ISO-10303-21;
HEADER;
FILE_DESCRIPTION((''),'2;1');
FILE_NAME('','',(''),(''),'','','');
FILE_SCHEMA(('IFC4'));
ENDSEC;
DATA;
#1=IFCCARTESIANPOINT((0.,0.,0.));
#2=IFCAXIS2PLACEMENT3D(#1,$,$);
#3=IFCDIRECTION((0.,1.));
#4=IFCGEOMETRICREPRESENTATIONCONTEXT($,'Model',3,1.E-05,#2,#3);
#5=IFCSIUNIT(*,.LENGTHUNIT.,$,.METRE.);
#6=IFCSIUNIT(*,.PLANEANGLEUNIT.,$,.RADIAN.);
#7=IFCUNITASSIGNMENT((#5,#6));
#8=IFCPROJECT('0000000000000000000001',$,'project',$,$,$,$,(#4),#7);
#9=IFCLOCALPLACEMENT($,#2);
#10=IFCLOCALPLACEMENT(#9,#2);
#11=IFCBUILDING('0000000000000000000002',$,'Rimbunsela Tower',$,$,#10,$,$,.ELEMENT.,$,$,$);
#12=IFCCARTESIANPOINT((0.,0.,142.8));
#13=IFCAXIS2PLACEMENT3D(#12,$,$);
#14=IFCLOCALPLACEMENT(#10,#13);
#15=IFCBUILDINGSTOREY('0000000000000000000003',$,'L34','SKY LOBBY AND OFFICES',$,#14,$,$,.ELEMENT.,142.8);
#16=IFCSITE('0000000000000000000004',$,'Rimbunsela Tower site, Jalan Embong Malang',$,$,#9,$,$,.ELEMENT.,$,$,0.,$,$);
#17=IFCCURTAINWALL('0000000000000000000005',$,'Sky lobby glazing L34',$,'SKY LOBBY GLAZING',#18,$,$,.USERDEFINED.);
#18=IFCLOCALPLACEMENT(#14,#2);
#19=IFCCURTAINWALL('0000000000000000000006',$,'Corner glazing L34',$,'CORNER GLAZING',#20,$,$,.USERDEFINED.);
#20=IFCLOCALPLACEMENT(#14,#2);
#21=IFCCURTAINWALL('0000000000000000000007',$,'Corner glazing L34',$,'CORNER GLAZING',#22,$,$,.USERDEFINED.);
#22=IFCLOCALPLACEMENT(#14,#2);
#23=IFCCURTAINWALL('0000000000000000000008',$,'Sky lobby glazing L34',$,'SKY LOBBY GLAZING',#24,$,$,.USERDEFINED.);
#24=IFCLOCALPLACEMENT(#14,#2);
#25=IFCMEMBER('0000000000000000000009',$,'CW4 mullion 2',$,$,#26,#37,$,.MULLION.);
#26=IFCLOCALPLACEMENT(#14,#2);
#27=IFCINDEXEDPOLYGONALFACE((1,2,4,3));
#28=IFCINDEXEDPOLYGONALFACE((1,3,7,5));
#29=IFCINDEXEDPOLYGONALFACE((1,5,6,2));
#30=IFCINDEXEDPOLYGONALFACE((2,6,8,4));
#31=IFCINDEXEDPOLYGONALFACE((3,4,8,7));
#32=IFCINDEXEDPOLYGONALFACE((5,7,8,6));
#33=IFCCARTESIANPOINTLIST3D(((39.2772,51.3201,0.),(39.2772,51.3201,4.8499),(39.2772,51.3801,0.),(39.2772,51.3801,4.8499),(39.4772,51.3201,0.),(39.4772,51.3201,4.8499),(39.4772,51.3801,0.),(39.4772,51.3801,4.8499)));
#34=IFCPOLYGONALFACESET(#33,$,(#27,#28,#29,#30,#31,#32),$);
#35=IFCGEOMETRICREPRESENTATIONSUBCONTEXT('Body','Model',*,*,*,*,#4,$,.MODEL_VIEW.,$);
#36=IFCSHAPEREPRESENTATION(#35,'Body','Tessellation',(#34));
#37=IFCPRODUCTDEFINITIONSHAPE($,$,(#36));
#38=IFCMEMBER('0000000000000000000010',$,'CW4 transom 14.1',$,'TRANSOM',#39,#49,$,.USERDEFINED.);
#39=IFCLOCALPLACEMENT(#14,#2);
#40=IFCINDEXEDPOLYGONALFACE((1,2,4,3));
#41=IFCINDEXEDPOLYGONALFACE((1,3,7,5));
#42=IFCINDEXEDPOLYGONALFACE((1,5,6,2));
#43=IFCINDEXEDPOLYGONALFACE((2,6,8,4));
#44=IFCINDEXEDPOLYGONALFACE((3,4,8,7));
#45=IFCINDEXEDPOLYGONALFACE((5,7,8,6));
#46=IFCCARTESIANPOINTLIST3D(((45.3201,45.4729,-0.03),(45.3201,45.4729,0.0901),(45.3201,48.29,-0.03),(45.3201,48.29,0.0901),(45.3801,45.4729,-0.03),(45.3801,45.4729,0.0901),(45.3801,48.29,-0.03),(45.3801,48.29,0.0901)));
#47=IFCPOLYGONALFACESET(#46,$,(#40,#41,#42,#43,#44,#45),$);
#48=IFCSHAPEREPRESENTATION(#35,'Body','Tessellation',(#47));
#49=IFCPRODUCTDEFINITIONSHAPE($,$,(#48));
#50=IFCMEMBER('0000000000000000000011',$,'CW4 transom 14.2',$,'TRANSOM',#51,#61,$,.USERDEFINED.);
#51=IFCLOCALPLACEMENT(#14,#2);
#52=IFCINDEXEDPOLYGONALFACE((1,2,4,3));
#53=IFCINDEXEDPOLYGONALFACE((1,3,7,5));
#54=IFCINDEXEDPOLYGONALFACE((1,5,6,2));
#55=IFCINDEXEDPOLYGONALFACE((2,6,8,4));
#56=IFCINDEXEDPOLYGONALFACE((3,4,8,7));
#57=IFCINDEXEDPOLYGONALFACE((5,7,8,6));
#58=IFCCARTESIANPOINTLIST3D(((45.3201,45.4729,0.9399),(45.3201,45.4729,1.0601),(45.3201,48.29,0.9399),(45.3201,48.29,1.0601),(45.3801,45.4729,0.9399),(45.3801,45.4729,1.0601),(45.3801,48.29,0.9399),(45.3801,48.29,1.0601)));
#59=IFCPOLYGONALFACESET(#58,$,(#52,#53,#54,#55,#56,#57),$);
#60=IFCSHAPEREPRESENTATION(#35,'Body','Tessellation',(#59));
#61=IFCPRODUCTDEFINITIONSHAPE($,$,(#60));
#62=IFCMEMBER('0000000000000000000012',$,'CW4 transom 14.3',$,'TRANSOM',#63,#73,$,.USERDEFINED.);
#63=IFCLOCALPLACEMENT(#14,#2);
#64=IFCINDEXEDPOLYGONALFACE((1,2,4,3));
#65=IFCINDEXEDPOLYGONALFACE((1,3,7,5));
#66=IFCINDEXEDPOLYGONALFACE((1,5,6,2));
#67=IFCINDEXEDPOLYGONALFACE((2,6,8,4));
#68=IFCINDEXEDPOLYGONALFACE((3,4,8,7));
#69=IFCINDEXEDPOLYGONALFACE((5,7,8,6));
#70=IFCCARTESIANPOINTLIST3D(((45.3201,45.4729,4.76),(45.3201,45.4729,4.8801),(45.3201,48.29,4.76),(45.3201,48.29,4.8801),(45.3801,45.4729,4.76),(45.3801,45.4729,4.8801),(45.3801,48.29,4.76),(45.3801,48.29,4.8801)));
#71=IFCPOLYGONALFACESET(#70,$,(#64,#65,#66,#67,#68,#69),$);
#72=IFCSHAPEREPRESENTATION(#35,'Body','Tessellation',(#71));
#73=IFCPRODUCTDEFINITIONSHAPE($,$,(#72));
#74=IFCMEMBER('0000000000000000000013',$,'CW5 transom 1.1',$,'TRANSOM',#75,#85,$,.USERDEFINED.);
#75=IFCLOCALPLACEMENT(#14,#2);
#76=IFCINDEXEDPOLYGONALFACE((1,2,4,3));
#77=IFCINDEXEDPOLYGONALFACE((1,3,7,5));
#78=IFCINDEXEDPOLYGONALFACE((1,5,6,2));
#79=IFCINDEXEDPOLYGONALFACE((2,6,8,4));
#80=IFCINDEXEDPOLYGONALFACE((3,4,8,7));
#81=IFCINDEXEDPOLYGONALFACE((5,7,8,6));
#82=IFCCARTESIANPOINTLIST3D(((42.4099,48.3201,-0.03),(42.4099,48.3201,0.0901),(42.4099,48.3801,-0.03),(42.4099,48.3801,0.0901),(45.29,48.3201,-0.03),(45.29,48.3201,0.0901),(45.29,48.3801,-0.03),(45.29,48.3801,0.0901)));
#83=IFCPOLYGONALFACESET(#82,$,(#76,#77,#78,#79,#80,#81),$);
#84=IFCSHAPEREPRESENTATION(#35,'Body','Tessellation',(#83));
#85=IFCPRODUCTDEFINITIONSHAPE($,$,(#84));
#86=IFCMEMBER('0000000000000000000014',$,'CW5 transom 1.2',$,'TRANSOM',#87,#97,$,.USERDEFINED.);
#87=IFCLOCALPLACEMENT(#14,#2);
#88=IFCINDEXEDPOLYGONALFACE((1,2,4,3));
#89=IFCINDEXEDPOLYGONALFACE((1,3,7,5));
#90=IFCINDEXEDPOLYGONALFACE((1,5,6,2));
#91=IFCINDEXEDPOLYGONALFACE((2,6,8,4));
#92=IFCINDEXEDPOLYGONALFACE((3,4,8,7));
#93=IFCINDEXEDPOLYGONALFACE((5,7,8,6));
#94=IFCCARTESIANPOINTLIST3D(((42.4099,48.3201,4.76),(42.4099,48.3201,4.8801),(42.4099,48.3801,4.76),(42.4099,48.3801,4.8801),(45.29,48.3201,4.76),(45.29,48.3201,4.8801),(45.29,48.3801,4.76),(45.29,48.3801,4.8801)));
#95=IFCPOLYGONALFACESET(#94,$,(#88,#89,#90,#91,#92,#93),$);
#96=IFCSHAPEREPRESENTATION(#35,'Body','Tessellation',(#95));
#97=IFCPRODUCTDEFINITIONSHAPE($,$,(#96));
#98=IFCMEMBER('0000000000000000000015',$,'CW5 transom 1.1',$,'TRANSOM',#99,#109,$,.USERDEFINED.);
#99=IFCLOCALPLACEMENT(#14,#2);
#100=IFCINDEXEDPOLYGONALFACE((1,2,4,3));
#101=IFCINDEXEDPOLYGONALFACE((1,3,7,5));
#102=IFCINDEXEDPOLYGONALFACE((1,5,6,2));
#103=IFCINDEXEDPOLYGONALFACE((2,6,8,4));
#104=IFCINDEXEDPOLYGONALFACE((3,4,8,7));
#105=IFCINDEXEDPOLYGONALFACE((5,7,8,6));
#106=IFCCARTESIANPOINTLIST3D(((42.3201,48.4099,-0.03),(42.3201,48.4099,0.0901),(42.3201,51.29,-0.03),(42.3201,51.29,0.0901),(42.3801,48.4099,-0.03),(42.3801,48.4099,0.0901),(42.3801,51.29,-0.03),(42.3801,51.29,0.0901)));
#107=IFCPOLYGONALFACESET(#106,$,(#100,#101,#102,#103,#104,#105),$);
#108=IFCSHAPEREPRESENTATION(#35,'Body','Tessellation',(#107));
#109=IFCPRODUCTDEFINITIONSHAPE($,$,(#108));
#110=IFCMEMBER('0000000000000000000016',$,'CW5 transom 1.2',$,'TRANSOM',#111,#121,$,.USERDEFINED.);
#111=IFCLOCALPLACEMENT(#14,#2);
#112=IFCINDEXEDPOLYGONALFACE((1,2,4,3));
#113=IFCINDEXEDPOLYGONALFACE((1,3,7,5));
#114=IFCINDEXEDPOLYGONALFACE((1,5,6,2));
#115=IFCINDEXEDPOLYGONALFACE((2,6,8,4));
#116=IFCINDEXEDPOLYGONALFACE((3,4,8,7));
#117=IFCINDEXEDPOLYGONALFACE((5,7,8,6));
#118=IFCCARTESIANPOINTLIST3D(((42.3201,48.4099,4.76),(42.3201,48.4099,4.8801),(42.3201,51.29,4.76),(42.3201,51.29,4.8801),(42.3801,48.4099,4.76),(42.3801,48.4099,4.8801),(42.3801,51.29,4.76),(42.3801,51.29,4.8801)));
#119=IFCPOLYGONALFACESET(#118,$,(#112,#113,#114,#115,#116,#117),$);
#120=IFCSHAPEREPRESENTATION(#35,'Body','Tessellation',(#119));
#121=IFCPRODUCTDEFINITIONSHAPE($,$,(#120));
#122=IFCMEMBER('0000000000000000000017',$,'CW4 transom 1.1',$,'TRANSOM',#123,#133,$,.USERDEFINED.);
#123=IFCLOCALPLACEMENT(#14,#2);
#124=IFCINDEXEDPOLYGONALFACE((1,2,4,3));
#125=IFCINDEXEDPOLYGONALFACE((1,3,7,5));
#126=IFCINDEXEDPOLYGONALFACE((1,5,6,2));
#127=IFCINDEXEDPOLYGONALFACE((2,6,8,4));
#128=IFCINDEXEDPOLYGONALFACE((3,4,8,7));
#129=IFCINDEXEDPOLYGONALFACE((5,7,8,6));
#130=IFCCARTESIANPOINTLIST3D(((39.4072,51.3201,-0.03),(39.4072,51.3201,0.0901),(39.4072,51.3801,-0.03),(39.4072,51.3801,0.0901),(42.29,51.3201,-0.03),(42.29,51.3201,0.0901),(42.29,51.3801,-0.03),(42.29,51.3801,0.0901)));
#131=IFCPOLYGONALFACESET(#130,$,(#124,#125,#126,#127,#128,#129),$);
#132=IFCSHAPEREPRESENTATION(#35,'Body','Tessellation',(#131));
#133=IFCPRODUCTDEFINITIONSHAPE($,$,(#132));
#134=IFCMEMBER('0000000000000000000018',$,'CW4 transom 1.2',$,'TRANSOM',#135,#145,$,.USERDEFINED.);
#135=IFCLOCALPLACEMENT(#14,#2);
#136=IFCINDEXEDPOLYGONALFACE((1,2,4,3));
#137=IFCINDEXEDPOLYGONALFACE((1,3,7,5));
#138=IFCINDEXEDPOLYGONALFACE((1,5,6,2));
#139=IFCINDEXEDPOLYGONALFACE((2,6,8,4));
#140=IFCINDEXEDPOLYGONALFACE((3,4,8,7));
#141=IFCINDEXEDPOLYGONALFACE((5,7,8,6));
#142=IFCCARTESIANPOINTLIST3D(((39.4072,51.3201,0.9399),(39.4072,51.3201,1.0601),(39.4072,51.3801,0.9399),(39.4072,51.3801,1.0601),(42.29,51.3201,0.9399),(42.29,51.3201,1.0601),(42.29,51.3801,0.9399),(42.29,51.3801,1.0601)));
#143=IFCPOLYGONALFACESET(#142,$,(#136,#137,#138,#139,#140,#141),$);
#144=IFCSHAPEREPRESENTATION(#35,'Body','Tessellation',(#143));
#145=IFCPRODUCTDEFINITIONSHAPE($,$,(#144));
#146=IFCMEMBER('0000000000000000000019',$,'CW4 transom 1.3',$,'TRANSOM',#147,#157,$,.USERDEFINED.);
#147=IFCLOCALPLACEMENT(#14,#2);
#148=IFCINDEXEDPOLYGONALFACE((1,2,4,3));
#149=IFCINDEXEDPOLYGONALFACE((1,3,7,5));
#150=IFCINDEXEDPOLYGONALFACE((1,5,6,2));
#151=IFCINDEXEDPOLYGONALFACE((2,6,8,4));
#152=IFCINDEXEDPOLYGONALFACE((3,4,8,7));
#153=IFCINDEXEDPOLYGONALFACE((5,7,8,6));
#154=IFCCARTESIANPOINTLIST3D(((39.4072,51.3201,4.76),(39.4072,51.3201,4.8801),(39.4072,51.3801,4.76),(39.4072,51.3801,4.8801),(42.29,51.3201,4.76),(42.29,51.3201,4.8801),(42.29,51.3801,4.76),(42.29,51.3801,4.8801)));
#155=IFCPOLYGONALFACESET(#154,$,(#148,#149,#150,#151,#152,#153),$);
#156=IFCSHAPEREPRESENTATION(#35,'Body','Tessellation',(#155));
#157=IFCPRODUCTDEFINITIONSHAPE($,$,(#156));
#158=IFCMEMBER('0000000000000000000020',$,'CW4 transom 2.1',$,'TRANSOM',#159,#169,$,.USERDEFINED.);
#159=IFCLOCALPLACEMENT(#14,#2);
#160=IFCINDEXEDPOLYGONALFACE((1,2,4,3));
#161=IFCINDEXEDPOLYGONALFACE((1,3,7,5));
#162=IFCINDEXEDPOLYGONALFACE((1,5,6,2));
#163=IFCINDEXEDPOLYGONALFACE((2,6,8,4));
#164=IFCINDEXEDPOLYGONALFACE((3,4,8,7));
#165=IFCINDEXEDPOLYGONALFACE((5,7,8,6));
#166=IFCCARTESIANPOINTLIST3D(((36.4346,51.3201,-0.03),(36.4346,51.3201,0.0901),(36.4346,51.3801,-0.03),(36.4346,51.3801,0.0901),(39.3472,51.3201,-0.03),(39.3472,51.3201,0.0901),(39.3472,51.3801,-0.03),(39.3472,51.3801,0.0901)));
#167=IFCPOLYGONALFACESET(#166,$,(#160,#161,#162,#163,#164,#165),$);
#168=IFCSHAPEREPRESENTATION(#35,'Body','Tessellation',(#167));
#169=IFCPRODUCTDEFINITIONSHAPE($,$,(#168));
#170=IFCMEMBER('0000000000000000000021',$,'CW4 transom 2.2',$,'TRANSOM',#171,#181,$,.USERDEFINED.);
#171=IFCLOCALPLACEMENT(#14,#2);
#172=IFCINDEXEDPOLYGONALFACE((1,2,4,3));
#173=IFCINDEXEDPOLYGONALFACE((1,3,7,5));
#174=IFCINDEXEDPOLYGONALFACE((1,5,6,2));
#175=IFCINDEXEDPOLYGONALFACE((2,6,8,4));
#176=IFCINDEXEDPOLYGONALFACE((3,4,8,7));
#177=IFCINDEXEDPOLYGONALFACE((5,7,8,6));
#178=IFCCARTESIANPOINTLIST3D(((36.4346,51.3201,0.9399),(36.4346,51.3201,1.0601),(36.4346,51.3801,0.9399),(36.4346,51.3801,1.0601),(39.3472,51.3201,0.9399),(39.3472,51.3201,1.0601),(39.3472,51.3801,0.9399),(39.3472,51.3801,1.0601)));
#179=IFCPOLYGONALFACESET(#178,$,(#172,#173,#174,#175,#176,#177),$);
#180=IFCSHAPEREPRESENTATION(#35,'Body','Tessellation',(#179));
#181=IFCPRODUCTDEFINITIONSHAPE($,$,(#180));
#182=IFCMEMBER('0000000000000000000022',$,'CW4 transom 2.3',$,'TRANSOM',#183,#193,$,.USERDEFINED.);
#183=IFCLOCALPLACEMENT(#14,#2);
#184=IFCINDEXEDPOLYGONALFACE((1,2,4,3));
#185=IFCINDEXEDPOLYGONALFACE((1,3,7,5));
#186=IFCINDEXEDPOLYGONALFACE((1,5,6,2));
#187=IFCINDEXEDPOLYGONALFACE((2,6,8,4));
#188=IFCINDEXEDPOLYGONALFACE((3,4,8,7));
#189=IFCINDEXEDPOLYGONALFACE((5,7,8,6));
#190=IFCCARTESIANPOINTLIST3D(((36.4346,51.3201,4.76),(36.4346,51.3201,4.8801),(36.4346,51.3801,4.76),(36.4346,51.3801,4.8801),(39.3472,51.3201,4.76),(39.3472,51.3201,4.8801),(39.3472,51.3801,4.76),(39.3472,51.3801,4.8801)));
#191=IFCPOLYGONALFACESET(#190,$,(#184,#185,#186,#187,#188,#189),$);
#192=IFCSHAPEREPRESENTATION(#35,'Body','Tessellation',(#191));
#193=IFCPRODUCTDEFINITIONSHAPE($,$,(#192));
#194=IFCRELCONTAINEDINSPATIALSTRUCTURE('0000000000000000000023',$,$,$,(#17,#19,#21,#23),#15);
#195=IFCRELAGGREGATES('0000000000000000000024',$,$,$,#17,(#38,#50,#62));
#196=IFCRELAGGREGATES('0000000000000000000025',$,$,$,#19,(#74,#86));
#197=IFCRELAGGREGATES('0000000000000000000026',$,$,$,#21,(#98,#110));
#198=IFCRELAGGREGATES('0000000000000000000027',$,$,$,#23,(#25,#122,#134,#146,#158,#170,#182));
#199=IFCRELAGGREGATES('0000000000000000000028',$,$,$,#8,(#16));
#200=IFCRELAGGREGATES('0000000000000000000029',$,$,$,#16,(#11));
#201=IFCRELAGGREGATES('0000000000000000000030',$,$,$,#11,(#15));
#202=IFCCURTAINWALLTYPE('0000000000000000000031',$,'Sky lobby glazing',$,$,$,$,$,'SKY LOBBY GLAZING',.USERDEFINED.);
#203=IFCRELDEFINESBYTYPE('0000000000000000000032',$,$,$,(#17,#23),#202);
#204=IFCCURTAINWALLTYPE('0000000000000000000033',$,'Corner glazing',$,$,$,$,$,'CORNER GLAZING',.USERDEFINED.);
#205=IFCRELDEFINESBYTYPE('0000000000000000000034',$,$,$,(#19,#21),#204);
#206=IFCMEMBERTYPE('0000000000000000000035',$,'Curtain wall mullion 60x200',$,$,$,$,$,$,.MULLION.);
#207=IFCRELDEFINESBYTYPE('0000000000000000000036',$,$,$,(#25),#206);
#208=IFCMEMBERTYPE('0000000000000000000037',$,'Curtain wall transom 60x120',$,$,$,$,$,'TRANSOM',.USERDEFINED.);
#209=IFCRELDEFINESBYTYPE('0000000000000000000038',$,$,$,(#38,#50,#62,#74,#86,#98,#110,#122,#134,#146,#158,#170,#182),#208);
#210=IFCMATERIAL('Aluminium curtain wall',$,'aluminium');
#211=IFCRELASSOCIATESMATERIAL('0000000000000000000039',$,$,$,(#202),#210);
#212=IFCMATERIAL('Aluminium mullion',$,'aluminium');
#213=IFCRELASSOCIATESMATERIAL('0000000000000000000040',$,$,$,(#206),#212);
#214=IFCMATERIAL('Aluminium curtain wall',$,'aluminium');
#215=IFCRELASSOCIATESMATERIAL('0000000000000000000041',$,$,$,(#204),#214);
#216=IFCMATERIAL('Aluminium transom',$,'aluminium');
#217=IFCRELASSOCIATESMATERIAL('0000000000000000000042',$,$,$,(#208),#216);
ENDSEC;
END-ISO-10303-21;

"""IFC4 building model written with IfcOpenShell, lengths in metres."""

from ifc_helpers import new_model, si_unit, direction, frame, origin, origin_2d, place, context, subcontext, project, spatial, rectangle, extrude, material, material_profile, profile_set, type_object, element, aggregate, save


model = new_model("IFC4")

# Units and contexts
model_context = context("Model", 3, precision=1e-05, world=origin(), true_north=direction((0.0, 1.0)))
body_context = subcontext(model_context, "Body", "Model", "MODEL_VIEW")
ifc_project = project(units=[si_unit("LENGTHUNIT", "METRE"), si_unit("PLANEANGLEUNIT", "RADIAN")], contexts=[model_context])

# Site, building, storey
site_placement = place(None, origin())
site = spatial("IfcSite", under=ifc_project, at=site_placement, Name="Rimbunsela Tower site, Jalan Embong Malang", CompositionType="ELEMENT", RefElevation=0.0)
building_placement = place(site_placement, origin())
building = spatial("IfcBuilding", under=site, at=building_placement, Name="Rimbunsela Tower", CompositionType="ELEMENT")
storey_placement = place(building_placement, frame((0.0, 0.0, 142.8)))
storey = spatial("IfcBuildingStorey", under=building, at=storey_placement, Name="L34", Description="SKY LOBBY AND OFFICES", CompositionType="ELEMENT", Elevation=142.8)

# Curtain walls, member
ifc_material_1 = material(Name="Aluminium curtain wall", Category="aluminium")
curtain_wall_type_1 = type_object("IfcCurtainWallType", Name="Sky lobby glazing", ElementType="SKY LOBBY GLAZING", PredefinedType="USERDEFINED", material=ifc_material_1)
curtain_wall_1_placement = place(storey_placement, origin())
curtain_wall_1 = element("IfcCurtainWall", 1, at=curtain_wall_1_placement, inside=storey, type_object=curtain_wall_type_1, Name="Sky lobby glazing L34", ObjectType="SKY LOBBY GLAZING", PredefinedType="USERDEFINED")
ifc_material_2 = material(Name="Aluminium mullion", Category="aluminium")
ifc_material_profile_1 = material_profile(ifc_material_2, rectangle(XDim=0.0601, YDim=0.2, at=origin_2d()), Name="Mullion 60x200")
ifc_profile_set_1 = profile_set([ifc_material_profile_1], Name="Aluminium mullion")
member_type_1 = type_object("IfcMemberType", Name="Curtain wall mullion 60x200", PredefinedType="MULLION", material=ifc_profile_set_1)
ifc_material_3 = material(Name="Aluminium curtain wall", Category="aluminium")
curtain_wall_type_2 = type_object("IfcCurtainWallType", Name="Corner glazing", ElementType="CORNER GLAZING", PredefinedType="USERDEFINED", material=ifc_material_3)
curtain_wall_2_placement = place(storey_placement, origin())
curtain_wall_2 = element("IfcCurtainWall", 2, at=curtain_wall_2_placement, inside=storey, type_object=curtain_wall_type_2, Name="Corner glazing L34", ObjectType="CORNER GLAZING", PredefinedType="USERDEFINED")
curtain_wall_3_placement = place(storey_placement, origin())
curtain_wall_3 = element("IfcCurtainWall", 3, at=curtain_wall_3_placement, inside=storey, type_object=curtain_wall_type_2, Name="Corner glazing L34", ObjectType="CORNER GLAZING", PredefinedType="USERDEFINED")
curtain_wall_4_placement = place(storey_placement, origin())
curtain_wall_4 = element("IfcCurtainWall", 4, at=curtain_wall_4_placement, inside=storey, type_object=curtain_wall_type_1, Name="Sky lobby glazing L34", ObjectType="SKY LOBBY GLAZING", PredefinedType="USERDEFINED")
member_1_placement = place(storey_placement, frame((39.3772, 51.3501, 0.0), z_axis=(0.0, 0.0, 1.0), x_axis=(0.0, -1.0, 0.0)))
member_1 = element("IfcMember", 5, at=member_1_placement, type_object=member_type_1, Name="CW4 mullion 2", PredefinedType="MULLION", context=body_context, shape_type="SweptSolid", body=[
    extrude(rectangle(XDim=0.0601, YDim=0.2, at=origin_2d()), origin(), (0.0, 0.0, 1.0), 4.8499),
])

# Members
ifc_material_4 = material(Name="Aluminium transom", Category="aluminium")
ifc_material_profile_2 = material_profile(ifc_material_4, rectangle(XDim=0.0601, YDim=0.1201, at=origin_2d()), Name="Transom 60x120")
ifc_profile_set_2 = profile_set([ifc_material_profile_2], Name="Aluminium transom")
member_type_2 = type_object("IfcMemberType", Name="Curtain wall transom 60x120", ElementType="TRANSOM", PredefinedType="USERDEFINED", material=ifc_profile_set_2)
member_2_placement = place(storey_placement, frame((45.3501, 45.4729, 0.03), z_axis=(0.0, 1.0, 0.0), x_axis=(-1.0, 0.0, 0.0)))
member_2 = element("IfcMember", 6, at=member_2_placement, type_object=member_type_2, Name="CW4 transom 14.1", ObjectType="TRANSOM", PredefinedType="USERDEFINED", context=body_context, shape_type="SweptSolid", body=[
    extrude(rectangle(XDim=0.0601, YDim=0.1201, at=origin_2d()), origin(), (0.0, 0.0, 1.0), 2.8171),
])
member_3_placement = place(storey_placement, frame((45.3501, 45.4729, 1.0), z_axis=(0.0, 1.0, 0.0), x_axis=(-1.0, 0.0, 0.0)))
member_3 = element("IfcMember", 7, at=member_3_placement, type_object=member_type_2, Name="CW4 transom 14.2", ObjectType="TRANSOM", PredefinedType="USERDEFINED", context=body_context, shape_type="SweptSolid", body=[
    extrude(rectangle(XDim=0.0601, YDim=0.1201, at=origin_2d()), origin(), (0.0, 0.0, 1.0), 2.8171),
])
member_4_placement = place(storey_placement, frame((45.3501, 45.4729, 4.8201), z_axis=(0.0, 1.0, 0.0), x_axis=(-1.0, 0.0, 0.0)))
member_4 = element("IfcMember", 8, at=member_4_placement, type_object=member_type_2, Name="CW4 transom 14.3", ObjectType="TRANSOM", PredefinedType="USERDEFINED", context=body_context, shape_type="SweptSolid", body=[
    extrude(rectangle(XDim=0.0601, YDim=0.1201, at=origin_2d()), origin(), (0.0, 0.0, 1.0), 2.8171),
])
member_5_placement = place(storey_placement, frame((45.29, 48.3501, 0.03), z_axis=(-1.0, 0.0, 0.0), x_axis=(0.0, -1.0, 0.0)))
member_5 = element("IfcMember", 9, at=member_5_placement, type_object=member_type_2, Name="CW5 transom 1.1", ObjectType="TRANSOM", PredefinedType="USERDEFINED", context=body_context, shape_type="SweptSolid", body=[
    extrude(rectangle(XDim=0.0601, YDim=0.1201, at=origin_2d()), origin(), (0.0, 0.0, 1.0), 2.8801),
])
member_6_placement = place(storey_placement, frame((45.29, 48.3501, 4.8201), z_axis=(-1.0, 0.0, 0.0), x_axis=(0.0, -1.0, 0.0)))
member_6 = element("IfcMember", 10, at=member_6_placement, type_object=member_type_2, Name="CW5 transom 1.2", ObjectType="TRANSOM", PredefinedType="USERDEFINED", context=body_context, shape_type="SweptSolid", body=[
    extrude(rectangle(XDim=0.0601, YDim=0.1201, at=origin_2d()), origin(), (0.0, 0.0, 1.0), 2.8801),
])
member_7_placement = place(storey_placement, frame((42.3501, 48.4099, 0.03), z_axis=(0.0, 1.0, 0.0), x_axis=(-1.0, 0.0, 0.0)))
member_7 = element("IfcMember", 11, at=member_7_placement, type_object=member_type_2, Name="CW5 transom 1.1", ObjectType="TRANSOM", PredefinedType="USERDEFINED", context=body_context, shape_type="SweptSolid", body=[
    extrude(rectangle(XDim=0.0601, YDim=0.1201, at=origin_2d()), origin(), (0.0, 0.0, 1.0), 2.8801),
])
member_8_placement = place(storey_placement, frame((42.3501, 48.4099, 4.8201), z_axis=(0.0, 1.0, 0.0), x_axis=(-1.0, 0.0, 0.0)))
member_8 = element("IfcMember", 12, at=member_8_placement, type_object=member_type_2, Name="CW5 transom 1.2", ObjectType="TRANSOM", PredefinedType="USERDEFINED", context=body_context, shape_type="SweptSolid", body=[
    extrude(rectangle(XDim=0.0601, YDim=0.1201, at=origin_2d()), origin(), (0.0, 0.0, 1.0), 2.8801),
])
member_9_placement = place(storey_placement, frame((42.29, 51.3501, 0.03), z_axis=(-1.0, 0.0, 0.0), x_axis=(0.0, -1.0, 0.0)))
member_9 = element("IfcMember", 13, at=member_9_placement, type_object=member_type_2, Name="CW4 transom 1.1", ObjectType="TRANSOM", PredefinedType="USERDEFINED", context=body_context, shape_type="SweptSolid", body=[
    extrude(rectangle(XDim=0.0601, YDim=0.1201, at=origin_2d()), origin(), (0.0, 0.0, 1.0), 2.8828),
])
member_10_placement = place(storey_placement, frame((42.29, 51.3501, 1.0), z_axis=(-1.0, 0.0, 0.0), x_axis=(0.0, -1.0, 0.0)))
member_10 = element("IfcMember", 14, at=member_10_placement, type_object=member_type_2, Name="CW4 transom 1.2", ObjectType="TRANSOM", PredefinedType="USERDEFINED", context=body_context, shape_type="SweptSolid", body=[
    extrude(rectangle(XDim=0.0601, YDim=0.1201, at=origin_2d()), origin(), (0.0, 0.0, 1.0), 2.8828),
])
member_11_placement = place(storey_placement, frame((42.29, 51.3501, 4.8201), z_axis=(-1.0, 0.0, 0.0), x_axis=(0.0, -1.0, 0.0)))
member_11 = element("IfcMember", 15, at=member_11_placement, type_object=member_type_2, Name="CW4 transom 1.3", ObjectType="TRANSOM", PredefinedType="USERDEFINED", context=body_context, shape_type="SweptSolid", body=[
    extrude(rectangle(XDim=0.0601, YDim=0.1201, at=origin_2d()), origin(), (0.0, 0.0, 1.0), 2.8828),
])
member_12_placement = place(storey_placement, frame((39.3472, 51.3501, 0.03), z_axis=(-1.0, 0.0, 0.0), x_axis=(0.0, -1.0, 0.0)))
member_12 = element("IfcMember", 16, at=member_12_placement, type_object=member_type_2, Name="CW4 transom 2.1", ObjectType="TRANSOM", PredefinedType="USERDEFINED", context=body_context, shape_type="SweptSolid", body=[
    extrude(rectangle(XDim=0.0601, YDim=0.1201, at=origin_2d()), origin(), (0.0, 0.0, 1.0), 2.9126),
])
member_13_placement = place(storey_placement, frame((39.3472, 51.3501, 1.0), z_axis=(-1.0, 0.0, 0.0), x_axis=(0.0, -1.0, 0.0)))
member_13 = element("IfcMember", 17, at=member_13_placement, type_object=member_type_2, Name="CW4 transom 2.2", ObjectType="TRANSOM", PredefinedType="USERDEFINED", context=body_context, shape_type="SweptSolid", body=[
    extrude(rectangle(XDim=0.0601, YDim=0.1201, at=origin_2d()), origin(), (0.0, 0.0, 1.0), 2.9126),
])
member_14_placement = place(storey_placement, frame((39.3472, 51.3501, 4.8201), z_axis=(-1.0, 0.0, 0.0), x_axis=(0.0, -1.0, 0.0)))
member_14 = element("IfcMember", 18, at=member_14_placement, type_object=member_type_2, Name="CW4 transom 2.3", ObjectType="TRANSOM", PredefinedType="USERDEFINED", context=body_context, shape_type="SweptSolid", body=[
    extrude(rectangle(XDim=0.0601, YDim=0.1201, at=origin_2d()), origin(), (0.0, 0.0, 1.0), 2.9126),
])

aggregate(curtain_wall_1, [member_2, member_3, member_4])
aggregate(curtain_wall_2, [member_5, member_6])
aggregate(curtain_wall_3, [member_7, member_8])
aggregate(curtain_wall_4, [member_1, member_9, member_10, member_11, member_12, member_13, member_14])

save(model, "model.ifc")
